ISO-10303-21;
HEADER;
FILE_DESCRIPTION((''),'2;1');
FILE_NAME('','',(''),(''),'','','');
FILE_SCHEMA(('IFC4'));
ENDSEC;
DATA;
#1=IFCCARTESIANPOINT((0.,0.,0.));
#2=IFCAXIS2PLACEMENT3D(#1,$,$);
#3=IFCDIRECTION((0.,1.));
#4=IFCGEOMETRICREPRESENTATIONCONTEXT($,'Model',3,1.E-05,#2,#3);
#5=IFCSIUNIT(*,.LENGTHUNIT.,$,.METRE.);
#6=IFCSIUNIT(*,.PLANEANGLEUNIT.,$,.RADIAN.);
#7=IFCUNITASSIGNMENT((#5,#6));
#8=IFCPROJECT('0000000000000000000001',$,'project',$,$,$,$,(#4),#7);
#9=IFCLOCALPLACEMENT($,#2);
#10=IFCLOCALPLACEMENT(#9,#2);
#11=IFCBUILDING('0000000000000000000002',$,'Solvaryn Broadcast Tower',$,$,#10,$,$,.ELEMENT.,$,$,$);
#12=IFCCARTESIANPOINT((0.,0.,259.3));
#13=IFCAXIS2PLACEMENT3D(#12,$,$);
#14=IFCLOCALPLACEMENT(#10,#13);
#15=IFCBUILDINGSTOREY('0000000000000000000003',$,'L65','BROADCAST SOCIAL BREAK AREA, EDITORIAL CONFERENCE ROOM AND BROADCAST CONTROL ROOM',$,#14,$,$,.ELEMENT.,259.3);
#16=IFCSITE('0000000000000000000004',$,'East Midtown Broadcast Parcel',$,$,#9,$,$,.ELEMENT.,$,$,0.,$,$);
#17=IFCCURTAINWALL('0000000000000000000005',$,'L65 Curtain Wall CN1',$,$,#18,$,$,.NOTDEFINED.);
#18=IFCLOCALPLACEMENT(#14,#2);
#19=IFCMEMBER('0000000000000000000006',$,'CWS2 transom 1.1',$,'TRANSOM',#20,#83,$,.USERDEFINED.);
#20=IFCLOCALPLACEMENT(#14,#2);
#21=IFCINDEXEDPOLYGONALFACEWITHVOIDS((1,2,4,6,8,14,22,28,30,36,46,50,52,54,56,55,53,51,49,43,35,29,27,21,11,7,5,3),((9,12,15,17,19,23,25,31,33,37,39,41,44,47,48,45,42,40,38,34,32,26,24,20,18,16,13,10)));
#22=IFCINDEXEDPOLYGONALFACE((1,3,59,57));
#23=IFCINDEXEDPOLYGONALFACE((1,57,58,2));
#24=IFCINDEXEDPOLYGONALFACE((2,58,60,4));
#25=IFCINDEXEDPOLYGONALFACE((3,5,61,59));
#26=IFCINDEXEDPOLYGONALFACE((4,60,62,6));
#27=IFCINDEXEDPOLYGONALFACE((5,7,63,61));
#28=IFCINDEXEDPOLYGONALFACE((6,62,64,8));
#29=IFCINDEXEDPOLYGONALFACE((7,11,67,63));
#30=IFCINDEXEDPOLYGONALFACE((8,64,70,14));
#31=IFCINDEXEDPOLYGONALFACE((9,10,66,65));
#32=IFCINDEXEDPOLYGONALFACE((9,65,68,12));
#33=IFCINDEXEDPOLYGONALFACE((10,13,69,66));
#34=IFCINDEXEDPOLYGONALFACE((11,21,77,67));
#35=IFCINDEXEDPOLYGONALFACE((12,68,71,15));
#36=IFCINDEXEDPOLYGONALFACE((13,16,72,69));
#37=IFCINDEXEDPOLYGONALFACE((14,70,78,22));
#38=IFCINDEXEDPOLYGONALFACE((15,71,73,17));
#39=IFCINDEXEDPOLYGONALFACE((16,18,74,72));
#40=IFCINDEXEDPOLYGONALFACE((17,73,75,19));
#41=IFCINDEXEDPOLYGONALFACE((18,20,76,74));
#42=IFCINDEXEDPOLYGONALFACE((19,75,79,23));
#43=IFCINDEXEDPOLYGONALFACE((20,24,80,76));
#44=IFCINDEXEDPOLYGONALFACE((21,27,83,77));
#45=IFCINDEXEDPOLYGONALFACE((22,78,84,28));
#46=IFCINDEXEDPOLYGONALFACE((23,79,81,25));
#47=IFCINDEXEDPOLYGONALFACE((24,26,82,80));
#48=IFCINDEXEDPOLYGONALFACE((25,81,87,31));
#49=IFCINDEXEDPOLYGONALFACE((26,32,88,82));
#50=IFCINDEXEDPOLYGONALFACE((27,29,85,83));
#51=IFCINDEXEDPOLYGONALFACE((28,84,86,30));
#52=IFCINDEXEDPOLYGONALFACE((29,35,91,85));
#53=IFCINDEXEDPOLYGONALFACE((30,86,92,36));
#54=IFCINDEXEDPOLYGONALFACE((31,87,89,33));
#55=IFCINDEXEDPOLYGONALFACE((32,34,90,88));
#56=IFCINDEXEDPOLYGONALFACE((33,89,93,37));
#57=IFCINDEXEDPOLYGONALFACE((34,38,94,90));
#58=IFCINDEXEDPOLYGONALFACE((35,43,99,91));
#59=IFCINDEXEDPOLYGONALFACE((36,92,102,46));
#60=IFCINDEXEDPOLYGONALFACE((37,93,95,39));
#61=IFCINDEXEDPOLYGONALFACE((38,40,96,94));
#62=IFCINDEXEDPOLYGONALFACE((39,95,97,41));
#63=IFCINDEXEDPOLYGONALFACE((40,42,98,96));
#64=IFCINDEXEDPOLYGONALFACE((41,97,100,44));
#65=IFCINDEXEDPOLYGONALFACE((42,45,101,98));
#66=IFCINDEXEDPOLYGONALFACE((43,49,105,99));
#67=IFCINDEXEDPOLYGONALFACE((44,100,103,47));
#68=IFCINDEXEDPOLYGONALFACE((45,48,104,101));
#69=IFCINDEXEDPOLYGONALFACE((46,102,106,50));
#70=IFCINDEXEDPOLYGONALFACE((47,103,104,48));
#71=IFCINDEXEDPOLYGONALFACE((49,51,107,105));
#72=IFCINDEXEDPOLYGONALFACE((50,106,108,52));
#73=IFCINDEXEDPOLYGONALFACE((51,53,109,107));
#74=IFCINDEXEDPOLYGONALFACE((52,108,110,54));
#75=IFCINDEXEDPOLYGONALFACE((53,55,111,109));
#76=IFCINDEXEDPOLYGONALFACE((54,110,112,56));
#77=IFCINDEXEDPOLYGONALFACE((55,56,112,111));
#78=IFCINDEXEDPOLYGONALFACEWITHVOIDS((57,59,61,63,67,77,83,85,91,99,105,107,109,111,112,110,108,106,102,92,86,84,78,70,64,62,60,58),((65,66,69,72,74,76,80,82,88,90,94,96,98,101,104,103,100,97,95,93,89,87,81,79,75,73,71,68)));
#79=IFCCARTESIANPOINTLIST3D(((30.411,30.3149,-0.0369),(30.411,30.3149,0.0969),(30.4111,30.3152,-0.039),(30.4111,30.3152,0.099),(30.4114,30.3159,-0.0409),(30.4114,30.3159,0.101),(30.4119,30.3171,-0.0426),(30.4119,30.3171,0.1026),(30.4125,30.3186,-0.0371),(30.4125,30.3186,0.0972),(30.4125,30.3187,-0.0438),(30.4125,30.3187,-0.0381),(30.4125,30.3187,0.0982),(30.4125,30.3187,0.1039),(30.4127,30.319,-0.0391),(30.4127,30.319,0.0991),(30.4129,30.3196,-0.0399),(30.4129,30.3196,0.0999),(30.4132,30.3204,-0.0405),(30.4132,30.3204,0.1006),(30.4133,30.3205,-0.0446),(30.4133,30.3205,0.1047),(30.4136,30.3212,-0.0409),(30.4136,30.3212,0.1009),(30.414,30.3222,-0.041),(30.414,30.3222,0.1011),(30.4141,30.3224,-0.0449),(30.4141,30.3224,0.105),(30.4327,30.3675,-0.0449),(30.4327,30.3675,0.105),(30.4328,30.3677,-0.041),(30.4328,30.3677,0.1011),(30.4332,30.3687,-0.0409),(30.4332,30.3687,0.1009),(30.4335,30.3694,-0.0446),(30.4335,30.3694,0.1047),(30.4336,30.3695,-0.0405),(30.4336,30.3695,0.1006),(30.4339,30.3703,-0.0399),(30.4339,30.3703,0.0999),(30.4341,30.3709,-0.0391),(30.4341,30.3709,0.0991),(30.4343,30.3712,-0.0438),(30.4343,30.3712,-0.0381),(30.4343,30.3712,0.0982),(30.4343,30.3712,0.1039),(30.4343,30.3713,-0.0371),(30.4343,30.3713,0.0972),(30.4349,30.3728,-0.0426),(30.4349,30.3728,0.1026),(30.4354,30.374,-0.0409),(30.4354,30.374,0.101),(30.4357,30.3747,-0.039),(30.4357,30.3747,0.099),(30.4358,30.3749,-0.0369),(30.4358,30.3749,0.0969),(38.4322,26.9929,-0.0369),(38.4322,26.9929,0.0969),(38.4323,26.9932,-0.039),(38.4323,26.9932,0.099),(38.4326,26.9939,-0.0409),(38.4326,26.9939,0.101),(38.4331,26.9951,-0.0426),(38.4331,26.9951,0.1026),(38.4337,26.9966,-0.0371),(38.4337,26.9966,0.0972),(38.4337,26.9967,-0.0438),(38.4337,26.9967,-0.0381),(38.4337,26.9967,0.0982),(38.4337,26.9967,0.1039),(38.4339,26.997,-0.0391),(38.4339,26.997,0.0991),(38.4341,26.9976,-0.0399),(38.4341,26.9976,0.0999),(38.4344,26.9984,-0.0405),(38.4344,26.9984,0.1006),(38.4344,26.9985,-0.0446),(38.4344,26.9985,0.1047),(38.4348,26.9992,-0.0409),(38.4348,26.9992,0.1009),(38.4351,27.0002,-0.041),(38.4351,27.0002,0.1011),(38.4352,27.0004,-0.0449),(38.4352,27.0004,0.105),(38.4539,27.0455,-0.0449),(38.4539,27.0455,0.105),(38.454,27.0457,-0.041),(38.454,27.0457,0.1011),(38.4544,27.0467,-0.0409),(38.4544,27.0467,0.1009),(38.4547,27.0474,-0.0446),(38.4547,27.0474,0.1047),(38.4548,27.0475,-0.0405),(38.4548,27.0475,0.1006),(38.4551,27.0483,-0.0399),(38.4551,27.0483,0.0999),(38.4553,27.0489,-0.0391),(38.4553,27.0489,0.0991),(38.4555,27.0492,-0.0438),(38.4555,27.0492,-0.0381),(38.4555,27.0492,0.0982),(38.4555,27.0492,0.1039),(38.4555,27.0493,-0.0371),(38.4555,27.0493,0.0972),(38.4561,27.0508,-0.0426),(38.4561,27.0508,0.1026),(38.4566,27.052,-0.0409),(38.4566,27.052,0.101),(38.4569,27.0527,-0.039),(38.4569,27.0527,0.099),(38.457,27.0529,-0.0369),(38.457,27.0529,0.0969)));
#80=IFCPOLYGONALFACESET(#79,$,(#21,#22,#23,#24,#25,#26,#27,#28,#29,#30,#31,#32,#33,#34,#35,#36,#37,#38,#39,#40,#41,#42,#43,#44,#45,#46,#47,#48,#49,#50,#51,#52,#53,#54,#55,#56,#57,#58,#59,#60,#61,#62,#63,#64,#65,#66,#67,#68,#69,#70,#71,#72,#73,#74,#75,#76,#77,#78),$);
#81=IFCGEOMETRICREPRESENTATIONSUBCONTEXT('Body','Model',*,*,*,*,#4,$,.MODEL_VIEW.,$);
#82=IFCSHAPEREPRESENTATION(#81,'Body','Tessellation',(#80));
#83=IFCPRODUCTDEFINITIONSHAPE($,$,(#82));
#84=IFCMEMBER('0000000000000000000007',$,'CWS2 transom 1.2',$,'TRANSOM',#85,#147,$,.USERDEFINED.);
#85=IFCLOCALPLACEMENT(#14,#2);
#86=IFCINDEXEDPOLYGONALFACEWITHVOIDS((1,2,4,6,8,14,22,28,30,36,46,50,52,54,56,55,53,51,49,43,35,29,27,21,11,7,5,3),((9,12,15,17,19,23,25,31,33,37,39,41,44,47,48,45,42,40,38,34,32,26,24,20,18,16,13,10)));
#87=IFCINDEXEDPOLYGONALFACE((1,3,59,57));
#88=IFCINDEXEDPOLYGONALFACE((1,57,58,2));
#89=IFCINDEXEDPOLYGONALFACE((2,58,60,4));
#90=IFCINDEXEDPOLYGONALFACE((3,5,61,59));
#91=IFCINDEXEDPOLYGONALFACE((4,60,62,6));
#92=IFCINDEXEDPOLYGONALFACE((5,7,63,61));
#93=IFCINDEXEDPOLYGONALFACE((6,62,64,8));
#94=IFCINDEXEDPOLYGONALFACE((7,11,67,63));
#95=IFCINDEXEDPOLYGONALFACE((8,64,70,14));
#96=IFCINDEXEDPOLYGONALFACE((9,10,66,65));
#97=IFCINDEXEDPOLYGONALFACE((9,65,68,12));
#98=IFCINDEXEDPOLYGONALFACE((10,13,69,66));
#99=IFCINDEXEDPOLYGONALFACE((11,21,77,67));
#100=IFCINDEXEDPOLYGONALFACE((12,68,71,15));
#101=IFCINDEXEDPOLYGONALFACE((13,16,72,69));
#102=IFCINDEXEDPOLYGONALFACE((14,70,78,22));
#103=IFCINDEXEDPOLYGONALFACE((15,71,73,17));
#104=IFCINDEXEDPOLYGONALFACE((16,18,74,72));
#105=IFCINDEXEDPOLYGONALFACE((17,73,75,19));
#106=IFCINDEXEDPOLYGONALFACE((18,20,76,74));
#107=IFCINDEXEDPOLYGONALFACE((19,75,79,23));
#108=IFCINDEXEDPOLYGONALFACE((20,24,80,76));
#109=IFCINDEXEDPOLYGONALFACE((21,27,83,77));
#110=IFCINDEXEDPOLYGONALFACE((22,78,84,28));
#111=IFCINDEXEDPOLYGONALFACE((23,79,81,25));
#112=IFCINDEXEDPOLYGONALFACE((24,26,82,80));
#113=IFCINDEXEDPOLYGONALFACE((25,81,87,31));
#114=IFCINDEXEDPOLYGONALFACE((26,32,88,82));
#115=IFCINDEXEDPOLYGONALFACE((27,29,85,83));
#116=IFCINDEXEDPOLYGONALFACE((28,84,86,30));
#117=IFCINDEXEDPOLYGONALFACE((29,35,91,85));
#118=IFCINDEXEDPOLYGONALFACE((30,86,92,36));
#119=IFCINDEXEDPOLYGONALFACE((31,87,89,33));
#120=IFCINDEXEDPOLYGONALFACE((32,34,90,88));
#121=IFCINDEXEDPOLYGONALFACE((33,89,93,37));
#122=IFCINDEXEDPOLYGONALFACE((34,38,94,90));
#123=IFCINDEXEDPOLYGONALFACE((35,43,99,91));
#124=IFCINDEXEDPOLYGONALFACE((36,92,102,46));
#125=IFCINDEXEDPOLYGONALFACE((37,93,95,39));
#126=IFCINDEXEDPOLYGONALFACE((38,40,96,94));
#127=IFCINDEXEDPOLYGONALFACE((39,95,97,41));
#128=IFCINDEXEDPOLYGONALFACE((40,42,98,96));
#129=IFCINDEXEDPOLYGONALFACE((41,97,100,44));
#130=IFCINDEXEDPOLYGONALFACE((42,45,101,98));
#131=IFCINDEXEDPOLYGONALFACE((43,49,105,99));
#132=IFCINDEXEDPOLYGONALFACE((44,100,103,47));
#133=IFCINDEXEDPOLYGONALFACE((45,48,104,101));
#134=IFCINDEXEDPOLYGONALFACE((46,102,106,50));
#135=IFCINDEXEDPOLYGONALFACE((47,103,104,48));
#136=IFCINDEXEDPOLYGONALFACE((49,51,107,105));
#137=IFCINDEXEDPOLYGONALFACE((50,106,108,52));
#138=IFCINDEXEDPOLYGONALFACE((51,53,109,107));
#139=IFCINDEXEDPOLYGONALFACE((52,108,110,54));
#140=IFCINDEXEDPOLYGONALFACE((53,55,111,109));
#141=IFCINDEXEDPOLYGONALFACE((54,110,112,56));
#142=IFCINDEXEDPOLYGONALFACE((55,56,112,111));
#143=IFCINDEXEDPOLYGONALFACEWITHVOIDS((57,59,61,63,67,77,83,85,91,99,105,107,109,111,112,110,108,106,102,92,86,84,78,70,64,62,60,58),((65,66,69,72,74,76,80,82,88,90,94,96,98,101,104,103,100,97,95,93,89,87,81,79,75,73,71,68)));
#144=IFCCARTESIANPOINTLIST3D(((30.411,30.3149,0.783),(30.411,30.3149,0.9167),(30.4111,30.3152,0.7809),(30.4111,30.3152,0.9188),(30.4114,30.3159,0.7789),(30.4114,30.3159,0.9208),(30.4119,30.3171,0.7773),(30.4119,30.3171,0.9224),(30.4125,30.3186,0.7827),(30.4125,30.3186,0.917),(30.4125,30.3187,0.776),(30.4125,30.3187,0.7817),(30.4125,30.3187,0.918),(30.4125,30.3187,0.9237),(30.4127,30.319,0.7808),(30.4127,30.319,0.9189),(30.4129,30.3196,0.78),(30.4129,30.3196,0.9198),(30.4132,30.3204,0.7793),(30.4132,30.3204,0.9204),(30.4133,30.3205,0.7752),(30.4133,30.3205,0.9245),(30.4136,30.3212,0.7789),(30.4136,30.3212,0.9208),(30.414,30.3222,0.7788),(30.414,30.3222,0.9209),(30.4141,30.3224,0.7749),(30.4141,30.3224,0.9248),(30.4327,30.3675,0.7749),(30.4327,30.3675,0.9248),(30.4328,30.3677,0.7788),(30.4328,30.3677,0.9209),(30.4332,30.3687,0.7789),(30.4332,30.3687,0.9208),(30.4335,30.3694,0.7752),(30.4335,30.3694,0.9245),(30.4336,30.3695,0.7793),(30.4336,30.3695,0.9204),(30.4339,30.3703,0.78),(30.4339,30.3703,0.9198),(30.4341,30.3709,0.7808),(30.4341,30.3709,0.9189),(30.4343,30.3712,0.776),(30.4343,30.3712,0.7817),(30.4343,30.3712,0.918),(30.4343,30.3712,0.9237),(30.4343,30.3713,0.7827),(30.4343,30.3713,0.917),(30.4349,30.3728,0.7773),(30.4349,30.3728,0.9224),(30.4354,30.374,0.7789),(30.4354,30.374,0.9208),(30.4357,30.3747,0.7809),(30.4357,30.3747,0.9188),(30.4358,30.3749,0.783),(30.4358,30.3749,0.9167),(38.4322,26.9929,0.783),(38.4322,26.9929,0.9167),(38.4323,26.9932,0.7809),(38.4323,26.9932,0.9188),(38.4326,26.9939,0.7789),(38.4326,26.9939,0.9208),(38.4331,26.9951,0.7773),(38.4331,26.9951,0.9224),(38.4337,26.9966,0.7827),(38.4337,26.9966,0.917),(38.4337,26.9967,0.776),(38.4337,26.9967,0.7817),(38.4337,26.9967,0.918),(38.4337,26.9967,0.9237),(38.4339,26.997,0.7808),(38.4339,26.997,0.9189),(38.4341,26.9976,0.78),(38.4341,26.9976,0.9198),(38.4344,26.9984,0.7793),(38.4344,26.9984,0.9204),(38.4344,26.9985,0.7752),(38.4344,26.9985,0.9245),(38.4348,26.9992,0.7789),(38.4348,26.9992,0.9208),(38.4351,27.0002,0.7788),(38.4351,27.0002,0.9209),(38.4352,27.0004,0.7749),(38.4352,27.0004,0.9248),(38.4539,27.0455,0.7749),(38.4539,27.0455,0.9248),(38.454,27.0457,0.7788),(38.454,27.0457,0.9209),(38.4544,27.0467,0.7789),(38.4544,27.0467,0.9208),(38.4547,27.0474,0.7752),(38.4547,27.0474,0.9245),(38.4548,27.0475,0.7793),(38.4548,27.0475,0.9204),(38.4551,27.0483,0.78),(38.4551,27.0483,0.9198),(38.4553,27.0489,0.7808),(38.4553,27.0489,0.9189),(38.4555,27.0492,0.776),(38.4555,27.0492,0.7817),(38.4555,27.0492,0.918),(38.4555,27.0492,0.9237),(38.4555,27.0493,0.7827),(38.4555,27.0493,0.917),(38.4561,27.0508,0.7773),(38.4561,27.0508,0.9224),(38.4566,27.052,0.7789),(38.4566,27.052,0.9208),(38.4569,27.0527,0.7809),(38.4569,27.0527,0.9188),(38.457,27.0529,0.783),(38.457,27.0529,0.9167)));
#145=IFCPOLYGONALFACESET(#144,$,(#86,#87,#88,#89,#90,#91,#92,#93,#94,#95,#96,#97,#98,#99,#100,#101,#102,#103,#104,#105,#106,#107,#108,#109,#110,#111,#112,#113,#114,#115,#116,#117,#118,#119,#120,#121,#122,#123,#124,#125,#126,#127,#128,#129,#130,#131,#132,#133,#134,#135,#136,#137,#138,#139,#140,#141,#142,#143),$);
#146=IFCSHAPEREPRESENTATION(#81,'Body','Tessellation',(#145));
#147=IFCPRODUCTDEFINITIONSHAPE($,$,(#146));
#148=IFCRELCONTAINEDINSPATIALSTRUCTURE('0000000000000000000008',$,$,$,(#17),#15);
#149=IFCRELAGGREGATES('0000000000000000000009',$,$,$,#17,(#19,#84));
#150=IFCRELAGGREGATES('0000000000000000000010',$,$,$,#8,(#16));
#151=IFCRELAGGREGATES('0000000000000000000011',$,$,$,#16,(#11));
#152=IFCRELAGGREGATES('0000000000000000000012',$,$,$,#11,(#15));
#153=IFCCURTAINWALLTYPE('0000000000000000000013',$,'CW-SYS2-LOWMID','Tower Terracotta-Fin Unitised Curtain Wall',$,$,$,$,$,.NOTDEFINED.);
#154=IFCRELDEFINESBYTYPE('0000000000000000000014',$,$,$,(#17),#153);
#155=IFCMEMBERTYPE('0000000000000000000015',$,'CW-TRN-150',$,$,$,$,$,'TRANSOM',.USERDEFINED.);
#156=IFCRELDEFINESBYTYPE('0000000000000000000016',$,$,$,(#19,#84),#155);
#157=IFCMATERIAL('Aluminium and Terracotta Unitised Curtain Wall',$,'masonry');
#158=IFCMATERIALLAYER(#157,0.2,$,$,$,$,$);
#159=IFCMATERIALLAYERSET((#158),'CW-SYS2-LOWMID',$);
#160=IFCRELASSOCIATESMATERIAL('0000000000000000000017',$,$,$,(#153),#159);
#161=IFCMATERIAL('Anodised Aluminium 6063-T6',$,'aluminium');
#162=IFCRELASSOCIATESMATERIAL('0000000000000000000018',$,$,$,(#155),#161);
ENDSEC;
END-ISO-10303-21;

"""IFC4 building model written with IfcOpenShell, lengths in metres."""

from ifc_helpers import new_model, si_unit, direction, frame, origin, origin_2d, place, context, subcontext, project, spatial, hollow_rectangle, extrude, material, layer, layer_set, material_profile, profile_set, type_object, element, aggregate, save


model = new_model("IFC4")

# Units and contexts
model_context = context("Model", 3, precision=1e-05, world=origin(), true_north=direction((0.0, 1.0)))
body_context = subcontext(model_context, "Body", "Model", "MODEL_VIEW")
ifc_project = project(units=[si_unit("LENGTHUNIT", "METRE"), si_unit("PLANEANGLEUNIT", "RADIAN")], contexts=[model_context])

# Site, building, storey
site_placement = place(None, origin())
site = spatial("IfcSite", under=ifc_project, at=site_placement, Name="East Midtown Broadcast Parcel", CompositionType="ELEMENT", RefElevation=0.0)
building_placement = place(site_placement, origin())
building = spatial("IfcBuilding", under=site, at=building_placement, Name="Solvaryn Broadcast Tower", CompositionType="ELEMENT")
storey_placement = place(building_placement, frame((0.0, 0.0, 259.3)))
storey = spatial("IfcBuildingStorey", under=building, at=storey_placement, Name="L65", Description="BROADCAST SOCIAL BREAK AREA, EDITORIAL CONFERENCE ROOM AND BROADCAST CONTROL ROOM", CompositionType="ELEMENT", Elevation=259.3)

# Curtain wall
ifc_material_1 = material(Name="Aluminium and Terracotta Unitised Curtain Wall", Category="masonry")
ifc_layer_1 = layer(ifc_material_1, 0.2)
ifc_layer_set_1 = layer_set([ifc_layer_1], Name="CW-SYS2-LOWMID")
curtain_wall_type = type_object("IfcCurtainWallType", Name="CW-SYS2-LOWMID", Description="Tower Terracotta-Fin Unitised Curtain Wall", PredefinedType="NOTDEFINED", material=ifc_layer_set_1)
curtain_wall_1_placement = place(storey_placement, origin())
curtain_wall_1 = element("IfcCurtainWall", 1, at=curtain_wall_1_placement, inside=storey, type_object=curtain_wall_type, Name="L65 Curtain Wall CN1", PredefinedType="NOTDEFINED")

# Members
ifc_material_2 = material(Name="Anodised Aluminium 6063-T6", Category="aluminium")
ifc_material_profile_1 = material_profile(ifc_material_2, hollow_rectangle(XDim=0.0649, YDim=0.1499, WallThickness=0.0039, InnerFilletRadius=0.0039, OuterFilletRadius=0.0081, at=origin_2d()))
ifc_profile_set_1 = profile_set([ifc_material_profile_1], Name="Anodised Aluminium 6063-T6")
member_type_1 = type_object("IfcMemberType", Name="CW-TRN-150", ElementType="TRANSOM", PredefinedType="USERDEFINED", material=ifc_profile_set_1)
member_1_placement = place(storey_placement, frame((38.4446, 27.0229, 0.03), z_axis=(-0.923899, 0.382636, 0.0), x_axis=(-0.382636, -0.923899, 0.0)))
member_1 = element("IfcMember", 2, at=member_1_placement, type_object=member_type_1, Name="CWS2 transom 1.1", ObjectType="TRANSOM", PredefinedType="USERDEFINED", context=body_context, shape_type="SweptSolid", body=[
    extrude(hollow_rectangle(XDim=0.0649, YDim=0.1499, WallThickness=0.0039, InnerFilletRadius=0.0039, OuterFilletRadius=0.0081, at=origin_2d()), origin(), (0.0, 0.0, 1.0), 8.6819),
])
member_2_placement = place(storey_placement, frame((38.4446, 27.0229, 0.8499), z_axis=(-0.923899, 0.382636, 0.0), x_axis=(-0.382636, -0.923899, 0.0)))
member_2 = element("IfcMember", 3, at=member_2_placement, type_object=member_type_1, Name="CWS2 transom 1.2", ObjectType="TRANSOM", PredefinedType="USERDEFINED", context=body_context, shape_type="SweptSolid", body=[
    extrude(hollow_rectangle(XDim=0.0649, YDim=0.1499, WallThickness=0.0039, InnerFilletRadius=0.0039, OuterFilletRadius=0.0081, at=origin_2d()), origin(), (0.0, 0.0, 1.0), 8.6819),
])

aggregate(curtain_wall_1, [member_1, member_2])

save(model, "model.ifc")
